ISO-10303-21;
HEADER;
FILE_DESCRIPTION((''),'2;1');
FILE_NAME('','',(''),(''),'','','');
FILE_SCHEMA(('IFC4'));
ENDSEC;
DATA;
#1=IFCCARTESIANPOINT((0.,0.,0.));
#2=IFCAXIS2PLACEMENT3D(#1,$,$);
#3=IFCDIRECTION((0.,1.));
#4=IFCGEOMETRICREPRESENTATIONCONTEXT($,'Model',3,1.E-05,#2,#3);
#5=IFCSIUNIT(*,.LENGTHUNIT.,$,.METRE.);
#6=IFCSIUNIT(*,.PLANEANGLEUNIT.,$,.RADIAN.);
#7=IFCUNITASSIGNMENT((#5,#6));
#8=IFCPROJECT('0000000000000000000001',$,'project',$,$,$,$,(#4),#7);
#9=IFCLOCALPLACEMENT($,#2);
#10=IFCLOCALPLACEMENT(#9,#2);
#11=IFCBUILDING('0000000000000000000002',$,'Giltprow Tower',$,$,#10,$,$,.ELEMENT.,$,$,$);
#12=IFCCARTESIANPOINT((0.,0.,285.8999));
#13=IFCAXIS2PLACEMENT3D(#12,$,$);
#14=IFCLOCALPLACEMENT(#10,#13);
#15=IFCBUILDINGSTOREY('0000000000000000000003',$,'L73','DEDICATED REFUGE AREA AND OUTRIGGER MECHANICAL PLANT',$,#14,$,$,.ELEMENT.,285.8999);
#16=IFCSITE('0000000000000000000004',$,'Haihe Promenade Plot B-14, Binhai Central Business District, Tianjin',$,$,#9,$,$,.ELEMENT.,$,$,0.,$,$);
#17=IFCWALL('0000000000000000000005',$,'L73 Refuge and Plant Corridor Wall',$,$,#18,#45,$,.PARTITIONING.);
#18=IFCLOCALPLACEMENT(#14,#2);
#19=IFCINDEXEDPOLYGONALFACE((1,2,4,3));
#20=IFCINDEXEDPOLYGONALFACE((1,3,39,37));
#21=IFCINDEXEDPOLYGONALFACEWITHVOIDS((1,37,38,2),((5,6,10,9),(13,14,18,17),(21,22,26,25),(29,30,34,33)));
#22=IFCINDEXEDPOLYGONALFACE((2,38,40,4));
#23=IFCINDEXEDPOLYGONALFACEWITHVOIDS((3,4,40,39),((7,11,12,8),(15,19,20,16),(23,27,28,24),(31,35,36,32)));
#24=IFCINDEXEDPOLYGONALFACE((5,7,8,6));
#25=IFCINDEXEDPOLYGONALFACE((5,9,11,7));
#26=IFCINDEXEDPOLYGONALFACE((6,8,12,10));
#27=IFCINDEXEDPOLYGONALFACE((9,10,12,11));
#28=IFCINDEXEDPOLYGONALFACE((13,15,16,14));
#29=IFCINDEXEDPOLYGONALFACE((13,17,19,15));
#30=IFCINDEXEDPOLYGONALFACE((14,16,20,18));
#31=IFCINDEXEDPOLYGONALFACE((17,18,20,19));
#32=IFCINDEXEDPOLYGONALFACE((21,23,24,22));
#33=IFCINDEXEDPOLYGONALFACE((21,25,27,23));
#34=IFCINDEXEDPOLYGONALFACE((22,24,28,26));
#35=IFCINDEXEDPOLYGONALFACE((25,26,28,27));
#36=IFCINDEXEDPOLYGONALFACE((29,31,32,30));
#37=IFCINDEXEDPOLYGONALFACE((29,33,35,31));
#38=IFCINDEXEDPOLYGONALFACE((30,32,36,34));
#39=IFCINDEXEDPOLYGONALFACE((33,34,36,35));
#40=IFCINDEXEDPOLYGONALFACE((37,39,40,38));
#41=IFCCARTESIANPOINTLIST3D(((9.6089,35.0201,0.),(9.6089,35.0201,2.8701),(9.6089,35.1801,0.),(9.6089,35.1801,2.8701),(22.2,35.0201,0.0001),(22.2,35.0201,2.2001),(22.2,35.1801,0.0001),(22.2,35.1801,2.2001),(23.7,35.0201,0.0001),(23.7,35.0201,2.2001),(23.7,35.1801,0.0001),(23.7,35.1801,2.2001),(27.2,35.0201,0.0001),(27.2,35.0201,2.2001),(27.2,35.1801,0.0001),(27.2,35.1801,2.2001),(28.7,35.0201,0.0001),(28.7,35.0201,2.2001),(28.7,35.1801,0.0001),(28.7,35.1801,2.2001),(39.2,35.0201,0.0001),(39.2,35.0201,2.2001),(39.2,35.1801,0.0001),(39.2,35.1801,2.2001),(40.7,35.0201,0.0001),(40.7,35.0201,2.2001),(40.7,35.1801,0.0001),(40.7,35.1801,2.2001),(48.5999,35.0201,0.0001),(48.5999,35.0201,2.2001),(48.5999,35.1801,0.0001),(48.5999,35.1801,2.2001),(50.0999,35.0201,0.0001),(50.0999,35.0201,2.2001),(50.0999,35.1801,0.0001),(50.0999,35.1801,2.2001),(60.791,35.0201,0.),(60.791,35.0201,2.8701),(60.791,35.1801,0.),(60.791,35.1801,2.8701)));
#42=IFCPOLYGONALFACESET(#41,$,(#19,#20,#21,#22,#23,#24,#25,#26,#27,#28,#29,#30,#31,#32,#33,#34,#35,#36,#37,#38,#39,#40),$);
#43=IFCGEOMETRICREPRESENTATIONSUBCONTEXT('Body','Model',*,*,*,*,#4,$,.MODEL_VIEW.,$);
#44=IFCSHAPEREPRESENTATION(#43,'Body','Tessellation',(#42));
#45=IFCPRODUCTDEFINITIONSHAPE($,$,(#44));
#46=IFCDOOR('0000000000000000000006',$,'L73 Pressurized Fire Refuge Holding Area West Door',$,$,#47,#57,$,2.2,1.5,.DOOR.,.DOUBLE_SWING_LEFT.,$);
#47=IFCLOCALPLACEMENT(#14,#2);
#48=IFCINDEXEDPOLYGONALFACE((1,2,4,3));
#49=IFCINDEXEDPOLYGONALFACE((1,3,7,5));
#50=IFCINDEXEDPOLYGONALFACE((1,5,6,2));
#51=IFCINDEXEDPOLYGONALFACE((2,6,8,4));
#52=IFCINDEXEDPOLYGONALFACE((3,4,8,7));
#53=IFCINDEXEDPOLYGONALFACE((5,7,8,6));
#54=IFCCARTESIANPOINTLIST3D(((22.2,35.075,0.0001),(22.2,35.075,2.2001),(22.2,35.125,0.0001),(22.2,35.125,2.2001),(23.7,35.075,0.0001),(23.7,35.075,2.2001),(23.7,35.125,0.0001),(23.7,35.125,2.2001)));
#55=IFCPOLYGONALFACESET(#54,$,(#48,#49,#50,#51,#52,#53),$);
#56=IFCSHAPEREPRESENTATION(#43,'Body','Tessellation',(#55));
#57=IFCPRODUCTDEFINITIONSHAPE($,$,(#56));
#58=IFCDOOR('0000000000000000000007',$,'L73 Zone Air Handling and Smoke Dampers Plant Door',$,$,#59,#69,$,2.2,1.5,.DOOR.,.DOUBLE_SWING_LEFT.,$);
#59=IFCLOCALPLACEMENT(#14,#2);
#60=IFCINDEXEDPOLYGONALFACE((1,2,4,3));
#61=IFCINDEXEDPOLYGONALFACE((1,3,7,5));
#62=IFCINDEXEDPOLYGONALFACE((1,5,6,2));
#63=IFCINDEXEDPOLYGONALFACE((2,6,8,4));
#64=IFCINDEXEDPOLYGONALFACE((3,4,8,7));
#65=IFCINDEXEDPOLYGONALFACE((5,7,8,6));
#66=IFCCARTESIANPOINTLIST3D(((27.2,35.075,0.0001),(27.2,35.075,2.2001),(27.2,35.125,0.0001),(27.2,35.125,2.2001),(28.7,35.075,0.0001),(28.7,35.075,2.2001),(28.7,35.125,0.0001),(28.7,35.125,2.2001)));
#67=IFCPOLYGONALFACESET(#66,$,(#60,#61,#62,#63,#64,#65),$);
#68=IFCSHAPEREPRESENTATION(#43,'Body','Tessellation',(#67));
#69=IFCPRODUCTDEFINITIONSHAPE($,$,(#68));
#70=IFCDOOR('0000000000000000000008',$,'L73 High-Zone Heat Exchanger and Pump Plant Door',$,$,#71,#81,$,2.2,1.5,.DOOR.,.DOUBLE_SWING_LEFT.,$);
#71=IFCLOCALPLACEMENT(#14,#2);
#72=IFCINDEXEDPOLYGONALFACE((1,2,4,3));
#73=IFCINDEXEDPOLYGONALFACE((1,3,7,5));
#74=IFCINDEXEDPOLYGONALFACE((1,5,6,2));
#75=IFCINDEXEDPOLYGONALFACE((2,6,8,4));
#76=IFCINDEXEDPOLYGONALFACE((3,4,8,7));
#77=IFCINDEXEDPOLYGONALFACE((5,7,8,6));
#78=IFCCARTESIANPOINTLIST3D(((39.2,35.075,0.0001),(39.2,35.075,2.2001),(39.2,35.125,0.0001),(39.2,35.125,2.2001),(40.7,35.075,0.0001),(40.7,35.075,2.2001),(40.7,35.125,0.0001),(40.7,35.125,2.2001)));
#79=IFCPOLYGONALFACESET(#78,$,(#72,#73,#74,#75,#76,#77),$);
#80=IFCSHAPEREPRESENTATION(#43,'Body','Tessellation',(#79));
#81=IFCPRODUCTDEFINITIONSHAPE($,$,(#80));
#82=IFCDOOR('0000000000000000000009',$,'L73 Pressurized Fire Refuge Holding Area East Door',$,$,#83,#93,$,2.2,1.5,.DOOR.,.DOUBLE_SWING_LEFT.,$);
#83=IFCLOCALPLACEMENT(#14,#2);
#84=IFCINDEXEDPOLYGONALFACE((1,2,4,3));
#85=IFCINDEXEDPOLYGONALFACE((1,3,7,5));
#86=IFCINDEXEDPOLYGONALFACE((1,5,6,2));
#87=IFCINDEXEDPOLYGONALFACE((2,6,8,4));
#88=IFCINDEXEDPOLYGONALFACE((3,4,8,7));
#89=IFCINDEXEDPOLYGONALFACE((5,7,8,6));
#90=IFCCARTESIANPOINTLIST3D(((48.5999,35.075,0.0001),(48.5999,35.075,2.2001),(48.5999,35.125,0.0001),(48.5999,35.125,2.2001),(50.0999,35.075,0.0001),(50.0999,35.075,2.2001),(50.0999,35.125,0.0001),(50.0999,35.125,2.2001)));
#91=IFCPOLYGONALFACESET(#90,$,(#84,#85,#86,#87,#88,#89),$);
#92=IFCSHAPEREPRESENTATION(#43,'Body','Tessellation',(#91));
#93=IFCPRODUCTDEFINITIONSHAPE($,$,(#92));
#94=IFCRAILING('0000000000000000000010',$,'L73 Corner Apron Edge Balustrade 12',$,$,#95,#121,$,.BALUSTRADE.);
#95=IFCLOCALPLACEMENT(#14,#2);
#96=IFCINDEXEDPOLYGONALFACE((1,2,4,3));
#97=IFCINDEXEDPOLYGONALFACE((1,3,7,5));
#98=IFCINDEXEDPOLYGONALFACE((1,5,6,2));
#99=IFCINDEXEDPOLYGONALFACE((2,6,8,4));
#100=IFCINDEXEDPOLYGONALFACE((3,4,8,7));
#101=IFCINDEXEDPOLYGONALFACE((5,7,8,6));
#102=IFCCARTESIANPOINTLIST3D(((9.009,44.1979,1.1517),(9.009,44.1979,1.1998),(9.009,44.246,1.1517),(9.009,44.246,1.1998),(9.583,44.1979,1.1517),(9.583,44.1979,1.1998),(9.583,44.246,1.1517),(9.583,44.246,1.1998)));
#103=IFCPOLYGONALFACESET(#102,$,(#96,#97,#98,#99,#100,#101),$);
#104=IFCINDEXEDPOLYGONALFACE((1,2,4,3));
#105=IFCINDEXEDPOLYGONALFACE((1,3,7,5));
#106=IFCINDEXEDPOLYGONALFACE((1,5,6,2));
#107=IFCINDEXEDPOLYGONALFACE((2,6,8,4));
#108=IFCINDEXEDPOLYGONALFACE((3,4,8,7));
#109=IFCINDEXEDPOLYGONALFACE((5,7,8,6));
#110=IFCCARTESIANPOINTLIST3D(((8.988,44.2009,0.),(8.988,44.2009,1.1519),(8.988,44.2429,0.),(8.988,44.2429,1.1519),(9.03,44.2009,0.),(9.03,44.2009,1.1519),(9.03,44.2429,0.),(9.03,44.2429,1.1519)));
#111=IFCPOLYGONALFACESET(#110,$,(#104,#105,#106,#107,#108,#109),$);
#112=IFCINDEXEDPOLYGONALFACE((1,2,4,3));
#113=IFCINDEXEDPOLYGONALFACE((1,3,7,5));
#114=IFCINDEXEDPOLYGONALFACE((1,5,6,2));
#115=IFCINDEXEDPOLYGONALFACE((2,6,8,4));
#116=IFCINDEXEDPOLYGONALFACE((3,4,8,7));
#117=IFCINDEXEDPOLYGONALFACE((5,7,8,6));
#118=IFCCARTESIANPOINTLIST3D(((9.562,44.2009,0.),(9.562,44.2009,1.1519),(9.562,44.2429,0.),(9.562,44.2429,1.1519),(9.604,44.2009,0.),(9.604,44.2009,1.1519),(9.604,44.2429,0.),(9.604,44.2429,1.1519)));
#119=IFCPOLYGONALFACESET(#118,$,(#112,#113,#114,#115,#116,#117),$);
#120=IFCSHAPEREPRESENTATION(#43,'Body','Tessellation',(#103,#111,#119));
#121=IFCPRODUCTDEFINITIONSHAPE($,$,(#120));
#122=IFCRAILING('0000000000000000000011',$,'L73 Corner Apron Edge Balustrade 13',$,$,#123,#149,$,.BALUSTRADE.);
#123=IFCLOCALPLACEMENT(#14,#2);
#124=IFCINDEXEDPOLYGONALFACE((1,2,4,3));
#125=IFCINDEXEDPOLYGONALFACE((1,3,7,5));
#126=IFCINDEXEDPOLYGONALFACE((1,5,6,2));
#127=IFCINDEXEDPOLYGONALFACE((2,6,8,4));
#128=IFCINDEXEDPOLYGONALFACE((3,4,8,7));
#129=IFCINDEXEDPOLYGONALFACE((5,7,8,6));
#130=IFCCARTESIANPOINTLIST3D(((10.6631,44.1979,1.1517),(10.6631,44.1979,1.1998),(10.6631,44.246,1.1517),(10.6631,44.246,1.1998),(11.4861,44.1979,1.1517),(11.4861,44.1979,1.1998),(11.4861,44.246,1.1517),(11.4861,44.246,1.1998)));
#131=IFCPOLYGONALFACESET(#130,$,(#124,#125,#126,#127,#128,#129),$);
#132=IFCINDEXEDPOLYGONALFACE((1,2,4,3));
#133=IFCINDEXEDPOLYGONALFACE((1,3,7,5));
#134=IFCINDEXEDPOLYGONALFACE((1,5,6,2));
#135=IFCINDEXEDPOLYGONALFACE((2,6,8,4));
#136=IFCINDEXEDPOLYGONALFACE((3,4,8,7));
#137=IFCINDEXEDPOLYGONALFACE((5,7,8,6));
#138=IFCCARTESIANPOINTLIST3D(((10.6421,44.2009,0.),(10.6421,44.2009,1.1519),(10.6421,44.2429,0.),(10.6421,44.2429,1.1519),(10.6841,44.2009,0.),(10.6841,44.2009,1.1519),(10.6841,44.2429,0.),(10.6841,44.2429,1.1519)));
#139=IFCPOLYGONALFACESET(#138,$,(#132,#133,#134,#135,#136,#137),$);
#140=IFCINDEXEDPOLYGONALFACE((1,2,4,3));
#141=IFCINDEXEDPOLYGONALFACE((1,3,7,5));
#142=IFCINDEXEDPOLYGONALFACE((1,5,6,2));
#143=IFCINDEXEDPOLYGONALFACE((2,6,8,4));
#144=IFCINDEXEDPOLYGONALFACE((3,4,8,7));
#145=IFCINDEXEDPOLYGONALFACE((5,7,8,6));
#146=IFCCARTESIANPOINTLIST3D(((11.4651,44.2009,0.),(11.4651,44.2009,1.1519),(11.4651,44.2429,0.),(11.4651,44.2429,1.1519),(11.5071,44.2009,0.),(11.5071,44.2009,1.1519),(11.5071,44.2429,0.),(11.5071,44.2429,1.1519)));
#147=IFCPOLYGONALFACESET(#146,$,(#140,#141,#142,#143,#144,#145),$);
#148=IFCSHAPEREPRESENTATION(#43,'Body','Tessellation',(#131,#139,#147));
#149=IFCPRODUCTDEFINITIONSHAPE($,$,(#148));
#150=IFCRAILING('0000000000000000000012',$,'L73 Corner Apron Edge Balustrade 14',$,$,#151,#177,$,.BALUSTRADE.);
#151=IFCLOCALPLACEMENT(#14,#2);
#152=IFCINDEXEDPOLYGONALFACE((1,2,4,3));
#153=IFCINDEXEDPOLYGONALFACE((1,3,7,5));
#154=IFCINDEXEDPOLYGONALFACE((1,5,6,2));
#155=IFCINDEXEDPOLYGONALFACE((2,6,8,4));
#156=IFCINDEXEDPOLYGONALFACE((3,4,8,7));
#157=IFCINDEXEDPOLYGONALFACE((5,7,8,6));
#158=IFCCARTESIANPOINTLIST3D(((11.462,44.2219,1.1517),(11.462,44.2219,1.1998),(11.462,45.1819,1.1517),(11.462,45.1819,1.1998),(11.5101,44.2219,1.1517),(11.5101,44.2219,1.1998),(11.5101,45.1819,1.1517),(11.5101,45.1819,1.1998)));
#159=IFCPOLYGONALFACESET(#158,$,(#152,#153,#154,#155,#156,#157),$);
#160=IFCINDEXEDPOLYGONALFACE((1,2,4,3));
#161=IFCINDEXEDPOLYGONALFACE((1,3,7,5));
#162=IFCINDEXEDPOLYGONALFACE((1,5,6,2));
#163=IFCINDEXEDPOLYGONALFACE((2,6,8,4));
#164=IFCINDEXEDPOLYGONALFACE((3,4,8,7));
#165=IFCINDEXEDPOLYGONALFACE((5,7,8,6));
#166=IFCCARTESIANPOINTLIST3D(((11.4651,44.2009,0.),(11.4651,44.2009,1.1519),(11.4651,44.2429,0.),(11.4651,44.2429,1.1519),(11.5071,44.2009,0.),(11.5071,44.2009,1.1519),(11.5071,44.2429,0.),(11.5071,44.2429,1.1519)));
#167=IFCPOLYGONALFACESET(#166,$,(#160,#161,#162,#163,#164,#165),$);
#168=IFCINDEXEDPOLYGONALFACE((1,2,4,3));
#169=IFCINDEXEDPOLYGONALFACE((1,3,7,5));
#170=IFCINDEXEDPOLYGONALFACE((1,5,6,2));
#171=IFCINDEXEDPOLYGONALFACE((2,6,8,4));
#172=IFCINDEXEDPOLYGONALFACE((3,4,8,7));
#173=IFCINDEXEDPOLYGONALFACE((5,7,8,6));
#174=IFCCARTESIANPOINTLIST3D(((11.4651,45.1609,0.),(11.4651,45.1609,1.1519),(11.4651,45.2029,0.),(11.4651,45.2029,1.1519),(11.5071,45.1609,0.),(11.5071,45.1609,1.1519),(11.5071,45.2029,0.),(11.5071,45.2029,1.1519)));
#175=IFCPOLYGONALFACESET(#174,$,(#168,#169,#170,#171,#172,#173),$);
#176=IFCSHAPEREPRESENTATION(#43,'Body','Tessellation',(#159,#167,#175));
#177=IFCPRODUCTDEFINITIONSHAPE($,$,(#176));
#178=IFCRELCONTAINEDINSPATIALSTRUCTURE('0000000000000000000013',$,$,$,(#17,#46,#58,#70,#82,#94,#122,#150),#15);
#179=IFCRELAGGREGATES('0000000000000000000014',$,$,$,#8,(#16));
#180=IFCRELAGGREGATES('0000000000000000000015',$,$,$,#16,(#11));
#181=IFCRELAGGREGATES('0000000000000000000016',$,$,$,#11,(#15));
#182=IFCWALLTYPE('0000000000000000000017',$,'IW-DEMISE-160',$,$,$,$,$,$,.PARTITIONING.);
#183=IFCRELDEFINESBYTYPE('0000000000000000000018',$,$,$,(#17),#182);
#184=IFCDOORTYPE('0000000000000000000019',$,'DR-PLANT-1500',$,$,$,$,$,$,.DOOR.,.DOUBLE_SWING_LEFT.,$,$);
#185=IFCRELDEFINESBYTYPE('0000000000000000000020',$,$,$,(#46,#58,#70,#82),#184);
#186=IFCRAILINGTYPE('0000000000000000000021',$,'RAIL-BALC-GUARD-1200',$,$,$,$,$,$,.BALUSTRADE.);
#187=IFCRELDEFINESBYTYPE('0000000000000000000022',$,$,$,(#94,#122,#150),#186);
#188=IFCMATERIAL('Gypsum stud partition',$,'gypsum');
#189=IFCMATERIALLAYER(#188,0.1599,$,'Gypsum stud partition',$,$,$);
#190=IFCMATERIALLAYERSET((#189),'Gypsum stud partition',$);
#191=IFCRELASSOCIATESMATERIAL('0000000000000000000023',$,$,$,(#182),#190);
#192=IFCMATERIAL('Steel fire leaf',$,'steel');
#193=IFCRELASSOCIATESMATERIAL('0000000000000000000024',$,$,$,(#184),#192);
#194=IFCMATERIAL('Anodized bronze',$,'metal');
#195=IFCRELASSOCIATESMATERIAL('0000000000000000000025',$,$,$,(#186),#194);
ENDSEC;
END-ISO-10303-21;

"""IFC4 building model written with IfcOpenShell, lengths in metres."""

from ifc_helpers import new_model, si_unit, direction, frame, frame_2d, origin, origin_2d, place, context, subcontext, project, spatial, rectangle, extrude, source, transform, mapped, material, layer, layer_set, type_object, element, fill, save


model = new_model("IFC4")

# Units and contexts
model_context = context("Model", 3, precision=1e-05, world=origin(), true_north=direction((0.0, 1.0)))
body_context = subcontext(model_context, "Body", "Model", "MODEL_VIEW")
ifc_project = project(units=[si_unit("LENGTHUNIT", "METRE"), si_unit("PLANEANGLEUNIT", "RADIAN")], contexts=[model_context])

# Site, building, storey
site_placement = place(None, origin())
site = spatial("IfcSite", under=ifc_project, at=site_placement, Name="Haihe Promenade Plot B-14, Binhai Central Business District, Tianjin", CompositionType="ELEMENT", RefElevation=0.0)
building_placement = place(site_placement, origin())
building = spatial("IfcBuilding", under=site, at=building_placement, Name="Giltprow Tower", CompositionType="ELEMENT")
storey_placement = place(building_placement, frame((0.0, 0.0, 285.8999)))
storey = spatial("IfcBuildingStorey", under=building, at=storey_placement, Name="L73", Description="DEDICATED REFUGE AREA AND OUTRIGGER MECHANICAL PLANT", CompositionType="ELEMENT", Elevation=285.8999)

# Wall, openings, doors
ifc_material_1 = material(Name="Gypsum stud partition", Category="gypsum")
ifc_layer_1 = layer(ifc_material_1, 0.1599, Name="Gypsum stud partition")
ifc_layer_set_1 = layer_set([ifc_layer_1], Name="Gypsum stud partition")
wall_type_1 = type_object("IfcWallType", Name="IW-DEMISE-160", PredefinedType="PARTITIONING", material=ifc_layer_set_1)
wall_1_placement = place(storey_placement, frame((9.6089, 35.1001, 0.0), z_axis=(0.0, 0.0, 1.0), x_axis=(1.0, 0.0, 0.0)))
wall_1 = element("IfcWall", 1, at=wall_1_placement, inside=storey, type_object=wall_type_1, Name="L73 Refuge and Plant Corridor Wall", PredefinedType="PARTITIONING", context=body_context, shape_type="SweptSolid", body=[
    extrude(rectangle(XDim=51.1821, YDim=0.1599, at=frame_2d((25.5911, 0.0))), origin(), (0.0, 0.0, 1.0), 2.8701),
])
opening_1_placement = place(wall_1_placement, frame((12.5911, 0.0, 0.0)))
opening_1 = element("IfcOpeningElement", 2, at=opening_1_placement, cuts=wall_1, PredefinedType="OPENING", context=body_context, shape_type="SweptSolid", body=[
    extrude(rectangle(XDim=1.5, YDim=2.2, at=frame_2d((0.75, 1.1001))), frame((0.0, 0.0898, 0.0), z_axis=(0.0, -1.0, 0.0), x_axis=(1.0, 0.0, 0.0)), (0.0, 0.0, 1.0), 0.1799),
])
opening_2_placement = place(wall_1_placement, frame((17.5911, 0.0, 0.0)))
opening_2 = element("IfcOpeningElement", 3, at=opening_2_placement, cuts=wall_1, PredefinedType="OPENING", context=body_context, shape_type="SweptSolid", body=[
    extrude(rectangle(XDim=1.5, YDim=2.2, at=frame_2d((0.75, 1.1001))), frame((0.0, 0.0898, 0.0), z_axis=(0.0, -1.0, 0.0), x_axis=(1.0, 0.0, 0.0)), (0.0, 0.0, 1.0), 0.1799),
])
opening_3_placement = place(wall_1_placement, frame((29.5911, 0.0, 0.0)))
opening_3 = element("IfcOpeningElement", 4, at=opening_3_placement, cuts=wall_1, PredefinedType="OPENING", context=body_context, shape_type="SweptSolid", body=[
    extrude(rectangle(XDim=1.5, YDim=2.2, at=frame_2d((0.75, 1.1001))), frame((0.0, 0.0898, 0.0), z_axis=(0.0, -1.0, 0.0), x_axis=(1.0, 0.0, 0.0)), (0.0, 0.0, 1.0), 0.1799),
])
opening_4_placement = place(wall_1_placement, frame((38.991, 0.0, 0.0)))
opening_4 = element("IfcOpeningElement", 5, at=opening_4_placement, cuts=wall_1, PredefinedType="OPENING", context=body_context, shape_type="SweptSolid", body=[
    extrude(rectangle(XDim=1.5, YDim=2.2, at=frame_2d((0.75, 1.1001))), frame((0.0, 0.0898, 0.0), z_axis=(0.0, -1.0, 0.0), x_axis=(1.0, 0.0, 0.0)), (0.0, 0.0, 1.0), 0.1799),
])
ifc_material_2 = material(Name="Steel fire leaf", Category="steel")
door_type = type_object("IfcDoorType", Name="DR-PLANT-1500", OperationType="DOUBLE_SWING_LEFT", PredefinedType="DOOR", material=ifc_material_2)
shared_shape_1 = source(origin(), body_context, "Body", "SweptSolid", [
    extrude(rectangle(XDim=1.5, YDim=2.2, at=frame_2d((0.75, 1.1001))), frame((0.0, 0.0249, 0.0), z_axis=(0.0, -1.0, 0.0), x_axis=(1.0, 0.0, 0.0)), (0.0, 0.0, 1.0), 0.05),
])
door_1_placement = place(opening_1_placement, origin())
door_1 = element("IfcDoor", 6, at=door_1_placement, inside=storey, type_object=door_type, Name="L73 Pressurized Fire Refuge Holding Area West Door", OperationType="DOUBLE_SWING_LEFT", OverallHeight=2.2, OverallWidth=1.5, PredefinedType="DOOR", context=body_context, shape_type="MappedRepresentation", body=[
    mapped(shared_shape_1, transform((0.0, 0.0, 0.0), x_axis=(1.0, 0.0, 0.0), y_axis=(0.0, 1.0, 0.0), z_axis=(0.0, 0.0, 1.0), scale=1.0)),
])
fill(opening_1, door_1)
door_2_placement = place(opening_2_placement, origin())
door_2 = element("IfcDoor", 7, at=door_2_placement, inside=storey, type_object=door_type, Name="L73 Zone Air Handling and Smoke Dampers Plant Door", OperationType="DOUBLE_SWING_LEFT", OverallHeight=2.2, OverallWidth=1.5, PredefinedType="DOOR", context=body_context, shape_type="MappedRepresentation", body=[
    mapped(shared_shape_1, transform((0.0, 0.0, 0.0), x_axis=(1.0, 0.0, 0.0), y_axis=(0.0, 1.0, 0.0), z_axis=(0.0, 0.0, 1.0), scale=1.0)),
])
fill(opening_2, door_2)
door_3_placement = place(opening_3_placement, origin())
door_3 = element("IfcDoor", 8, at=door_3_placement, inside=storey, type_object=door_type, Name="L73 High-Zone Heat Exchanger and Pump Plant Door", OperationType="DOUBLE_SWING_LEFT", OverallHeight=2.2, OverallWidth=1.5, PredefinedType="DOOR", context=body_context, shape_type="MappedRepresentation", body=[
    mapped(shared_shape_1, transform((0.0, 0.0, 0.0), x_axis=(1.0, 0.0, 0.0), y_axis=(0.0, 1.0, 0.0), z_axis=(0.0, 0.0, 1.0), scale=1.0)),
])
fill(opening_3, door_3)
door_4_placement = place(opening_4_placement, origin())
door_4 = element("IfcDoor", 9, at=door_4_placement, inside=storey, type_object=door_type, Name="L73 Pressurized Fire Refuge Holding Area East Door", OperationType="DOUBLE_SWING_LEFT", OverallHeight=2.2, OverallWidth=1.5, PredefinedType="DOOR", context=body_context, shape_type="MappedRepresentation", body=[
    mapped(shared_shape_1, transform((0.0, 0.0, 0.0), x_axis=(1.0, 0.0, 0.0), y_axis=(0.0, 1.0, 0.0), z_axis=(0.0, 0.0, 1.0), scale=1.0)),
])
fill(opening_4, door_4)

# Railings
ifc_material_3 = material(Name="Anodized bronze", Category="metal")
railing_type = type_object("IfcRailingType", Name="RAIL-BALC-GUARD-1200", PredefinedType="BALUSTRADE", material=ifc_material_3)
railing_1_placement = place(storey_placement, frame((9.009, 44.2219, 0.0)))
element("IfcRailing", 10, at=railing_1_placement, inside=storey, type_object=railing_type, Name="L73 Corner Apron Edge Balustrade 12", PredefinedType="BALUSTRADE", context=body_context, shape_type="SweptSolid", body=[
    extrude(rectangle(XDim=0.0481, YDim=0.0481, at=origin_2d()), frame((0.0, 0.0, 1.1758), z_axis=(1.0, 0.0, 0.0), x_axis=(0.0, 1.0, 0.0)), (0.0, 0.0, 1.0), 0.574),
    extrude(rectangle(XDim=0.042, YDim=0.042, at=origin_2d()), origin(), (0.0, 0.0, 1.0), 1.1519),
    extrude(rectangle(XDim=0.042, YDim=0.042, at=origin_2d()), frame((0.574, 0.0, 0.0)), (0.0, 0.0, 1.0), 1.1519),
])
railing_2_placement = place(storey_placement, frame((10.6631, 44.2219, 0.0)))
element("IfcRailing", 11, at=railing_2_placement, inside=storey, type_object=railing_type, Name="L73 Corner Apron Edge Balustrade 13", PredefinedType="BALUSTRADE", context=body_context, shape_type="SweptSolid", body=[
    extrude(rectangle(XDim=0.0481, YDim=0.0481, at=origin_2d()), frame((0.0, 0.0, 1.1758), z_axis=(1.0, 0.0, 0.0), x_axis=(0.0, 1.0, 0.0)), (0.0, 0.0, 1.0), 0.823),
    extrude(rectangle(XDim=0.042, YDim=0.042, at=origin_2d()), origin(), (0.0, 0.0, 1.0), 1.1519),
    extrude(rectangle(XDim=0.042, YDim=0.042, at=origin_2d()), frame((0.823, 0.0, 0.0)), (0.0, 0.0, 1.0), 1.1519),
])
railing_3_placement = place(storey_placement, frame((11.4861, 44.2219, 0.0)))
element("IfcRailing", 12, at=railing_3_placement, inside=storey, type_object=railing_type, Name="L73 Corner Apron Edge Balustrade 14", PredefinedType="BALUSTRADE", context=body_context, shape_type="SweptSolid", body=[
    extrude(rectangle(XDim=0.0481, YDim=0.0481, at=origin_2d()), frame((0.0, 0.0, 1.1758), z_axis=(0.0, 1.0, 0.0), x_axis=(-1.0, 0.0, 0.0)), (0.0, 0.0, 1.0), 0.96),
    extrude(rectangle(XDim=0.042, YDim=0.042, at=origin_2d()), origin(), (0.0, 0.0, 1.0), 1.1519),
    extrude(rectangle(XDim=0.042, YDim=0.042, at=origin_2d()), frame((0.0, 0.96, 0.0)), (0.0, 0.0, 1.0), 1.1519),
])

save(model, "model.ifc")
